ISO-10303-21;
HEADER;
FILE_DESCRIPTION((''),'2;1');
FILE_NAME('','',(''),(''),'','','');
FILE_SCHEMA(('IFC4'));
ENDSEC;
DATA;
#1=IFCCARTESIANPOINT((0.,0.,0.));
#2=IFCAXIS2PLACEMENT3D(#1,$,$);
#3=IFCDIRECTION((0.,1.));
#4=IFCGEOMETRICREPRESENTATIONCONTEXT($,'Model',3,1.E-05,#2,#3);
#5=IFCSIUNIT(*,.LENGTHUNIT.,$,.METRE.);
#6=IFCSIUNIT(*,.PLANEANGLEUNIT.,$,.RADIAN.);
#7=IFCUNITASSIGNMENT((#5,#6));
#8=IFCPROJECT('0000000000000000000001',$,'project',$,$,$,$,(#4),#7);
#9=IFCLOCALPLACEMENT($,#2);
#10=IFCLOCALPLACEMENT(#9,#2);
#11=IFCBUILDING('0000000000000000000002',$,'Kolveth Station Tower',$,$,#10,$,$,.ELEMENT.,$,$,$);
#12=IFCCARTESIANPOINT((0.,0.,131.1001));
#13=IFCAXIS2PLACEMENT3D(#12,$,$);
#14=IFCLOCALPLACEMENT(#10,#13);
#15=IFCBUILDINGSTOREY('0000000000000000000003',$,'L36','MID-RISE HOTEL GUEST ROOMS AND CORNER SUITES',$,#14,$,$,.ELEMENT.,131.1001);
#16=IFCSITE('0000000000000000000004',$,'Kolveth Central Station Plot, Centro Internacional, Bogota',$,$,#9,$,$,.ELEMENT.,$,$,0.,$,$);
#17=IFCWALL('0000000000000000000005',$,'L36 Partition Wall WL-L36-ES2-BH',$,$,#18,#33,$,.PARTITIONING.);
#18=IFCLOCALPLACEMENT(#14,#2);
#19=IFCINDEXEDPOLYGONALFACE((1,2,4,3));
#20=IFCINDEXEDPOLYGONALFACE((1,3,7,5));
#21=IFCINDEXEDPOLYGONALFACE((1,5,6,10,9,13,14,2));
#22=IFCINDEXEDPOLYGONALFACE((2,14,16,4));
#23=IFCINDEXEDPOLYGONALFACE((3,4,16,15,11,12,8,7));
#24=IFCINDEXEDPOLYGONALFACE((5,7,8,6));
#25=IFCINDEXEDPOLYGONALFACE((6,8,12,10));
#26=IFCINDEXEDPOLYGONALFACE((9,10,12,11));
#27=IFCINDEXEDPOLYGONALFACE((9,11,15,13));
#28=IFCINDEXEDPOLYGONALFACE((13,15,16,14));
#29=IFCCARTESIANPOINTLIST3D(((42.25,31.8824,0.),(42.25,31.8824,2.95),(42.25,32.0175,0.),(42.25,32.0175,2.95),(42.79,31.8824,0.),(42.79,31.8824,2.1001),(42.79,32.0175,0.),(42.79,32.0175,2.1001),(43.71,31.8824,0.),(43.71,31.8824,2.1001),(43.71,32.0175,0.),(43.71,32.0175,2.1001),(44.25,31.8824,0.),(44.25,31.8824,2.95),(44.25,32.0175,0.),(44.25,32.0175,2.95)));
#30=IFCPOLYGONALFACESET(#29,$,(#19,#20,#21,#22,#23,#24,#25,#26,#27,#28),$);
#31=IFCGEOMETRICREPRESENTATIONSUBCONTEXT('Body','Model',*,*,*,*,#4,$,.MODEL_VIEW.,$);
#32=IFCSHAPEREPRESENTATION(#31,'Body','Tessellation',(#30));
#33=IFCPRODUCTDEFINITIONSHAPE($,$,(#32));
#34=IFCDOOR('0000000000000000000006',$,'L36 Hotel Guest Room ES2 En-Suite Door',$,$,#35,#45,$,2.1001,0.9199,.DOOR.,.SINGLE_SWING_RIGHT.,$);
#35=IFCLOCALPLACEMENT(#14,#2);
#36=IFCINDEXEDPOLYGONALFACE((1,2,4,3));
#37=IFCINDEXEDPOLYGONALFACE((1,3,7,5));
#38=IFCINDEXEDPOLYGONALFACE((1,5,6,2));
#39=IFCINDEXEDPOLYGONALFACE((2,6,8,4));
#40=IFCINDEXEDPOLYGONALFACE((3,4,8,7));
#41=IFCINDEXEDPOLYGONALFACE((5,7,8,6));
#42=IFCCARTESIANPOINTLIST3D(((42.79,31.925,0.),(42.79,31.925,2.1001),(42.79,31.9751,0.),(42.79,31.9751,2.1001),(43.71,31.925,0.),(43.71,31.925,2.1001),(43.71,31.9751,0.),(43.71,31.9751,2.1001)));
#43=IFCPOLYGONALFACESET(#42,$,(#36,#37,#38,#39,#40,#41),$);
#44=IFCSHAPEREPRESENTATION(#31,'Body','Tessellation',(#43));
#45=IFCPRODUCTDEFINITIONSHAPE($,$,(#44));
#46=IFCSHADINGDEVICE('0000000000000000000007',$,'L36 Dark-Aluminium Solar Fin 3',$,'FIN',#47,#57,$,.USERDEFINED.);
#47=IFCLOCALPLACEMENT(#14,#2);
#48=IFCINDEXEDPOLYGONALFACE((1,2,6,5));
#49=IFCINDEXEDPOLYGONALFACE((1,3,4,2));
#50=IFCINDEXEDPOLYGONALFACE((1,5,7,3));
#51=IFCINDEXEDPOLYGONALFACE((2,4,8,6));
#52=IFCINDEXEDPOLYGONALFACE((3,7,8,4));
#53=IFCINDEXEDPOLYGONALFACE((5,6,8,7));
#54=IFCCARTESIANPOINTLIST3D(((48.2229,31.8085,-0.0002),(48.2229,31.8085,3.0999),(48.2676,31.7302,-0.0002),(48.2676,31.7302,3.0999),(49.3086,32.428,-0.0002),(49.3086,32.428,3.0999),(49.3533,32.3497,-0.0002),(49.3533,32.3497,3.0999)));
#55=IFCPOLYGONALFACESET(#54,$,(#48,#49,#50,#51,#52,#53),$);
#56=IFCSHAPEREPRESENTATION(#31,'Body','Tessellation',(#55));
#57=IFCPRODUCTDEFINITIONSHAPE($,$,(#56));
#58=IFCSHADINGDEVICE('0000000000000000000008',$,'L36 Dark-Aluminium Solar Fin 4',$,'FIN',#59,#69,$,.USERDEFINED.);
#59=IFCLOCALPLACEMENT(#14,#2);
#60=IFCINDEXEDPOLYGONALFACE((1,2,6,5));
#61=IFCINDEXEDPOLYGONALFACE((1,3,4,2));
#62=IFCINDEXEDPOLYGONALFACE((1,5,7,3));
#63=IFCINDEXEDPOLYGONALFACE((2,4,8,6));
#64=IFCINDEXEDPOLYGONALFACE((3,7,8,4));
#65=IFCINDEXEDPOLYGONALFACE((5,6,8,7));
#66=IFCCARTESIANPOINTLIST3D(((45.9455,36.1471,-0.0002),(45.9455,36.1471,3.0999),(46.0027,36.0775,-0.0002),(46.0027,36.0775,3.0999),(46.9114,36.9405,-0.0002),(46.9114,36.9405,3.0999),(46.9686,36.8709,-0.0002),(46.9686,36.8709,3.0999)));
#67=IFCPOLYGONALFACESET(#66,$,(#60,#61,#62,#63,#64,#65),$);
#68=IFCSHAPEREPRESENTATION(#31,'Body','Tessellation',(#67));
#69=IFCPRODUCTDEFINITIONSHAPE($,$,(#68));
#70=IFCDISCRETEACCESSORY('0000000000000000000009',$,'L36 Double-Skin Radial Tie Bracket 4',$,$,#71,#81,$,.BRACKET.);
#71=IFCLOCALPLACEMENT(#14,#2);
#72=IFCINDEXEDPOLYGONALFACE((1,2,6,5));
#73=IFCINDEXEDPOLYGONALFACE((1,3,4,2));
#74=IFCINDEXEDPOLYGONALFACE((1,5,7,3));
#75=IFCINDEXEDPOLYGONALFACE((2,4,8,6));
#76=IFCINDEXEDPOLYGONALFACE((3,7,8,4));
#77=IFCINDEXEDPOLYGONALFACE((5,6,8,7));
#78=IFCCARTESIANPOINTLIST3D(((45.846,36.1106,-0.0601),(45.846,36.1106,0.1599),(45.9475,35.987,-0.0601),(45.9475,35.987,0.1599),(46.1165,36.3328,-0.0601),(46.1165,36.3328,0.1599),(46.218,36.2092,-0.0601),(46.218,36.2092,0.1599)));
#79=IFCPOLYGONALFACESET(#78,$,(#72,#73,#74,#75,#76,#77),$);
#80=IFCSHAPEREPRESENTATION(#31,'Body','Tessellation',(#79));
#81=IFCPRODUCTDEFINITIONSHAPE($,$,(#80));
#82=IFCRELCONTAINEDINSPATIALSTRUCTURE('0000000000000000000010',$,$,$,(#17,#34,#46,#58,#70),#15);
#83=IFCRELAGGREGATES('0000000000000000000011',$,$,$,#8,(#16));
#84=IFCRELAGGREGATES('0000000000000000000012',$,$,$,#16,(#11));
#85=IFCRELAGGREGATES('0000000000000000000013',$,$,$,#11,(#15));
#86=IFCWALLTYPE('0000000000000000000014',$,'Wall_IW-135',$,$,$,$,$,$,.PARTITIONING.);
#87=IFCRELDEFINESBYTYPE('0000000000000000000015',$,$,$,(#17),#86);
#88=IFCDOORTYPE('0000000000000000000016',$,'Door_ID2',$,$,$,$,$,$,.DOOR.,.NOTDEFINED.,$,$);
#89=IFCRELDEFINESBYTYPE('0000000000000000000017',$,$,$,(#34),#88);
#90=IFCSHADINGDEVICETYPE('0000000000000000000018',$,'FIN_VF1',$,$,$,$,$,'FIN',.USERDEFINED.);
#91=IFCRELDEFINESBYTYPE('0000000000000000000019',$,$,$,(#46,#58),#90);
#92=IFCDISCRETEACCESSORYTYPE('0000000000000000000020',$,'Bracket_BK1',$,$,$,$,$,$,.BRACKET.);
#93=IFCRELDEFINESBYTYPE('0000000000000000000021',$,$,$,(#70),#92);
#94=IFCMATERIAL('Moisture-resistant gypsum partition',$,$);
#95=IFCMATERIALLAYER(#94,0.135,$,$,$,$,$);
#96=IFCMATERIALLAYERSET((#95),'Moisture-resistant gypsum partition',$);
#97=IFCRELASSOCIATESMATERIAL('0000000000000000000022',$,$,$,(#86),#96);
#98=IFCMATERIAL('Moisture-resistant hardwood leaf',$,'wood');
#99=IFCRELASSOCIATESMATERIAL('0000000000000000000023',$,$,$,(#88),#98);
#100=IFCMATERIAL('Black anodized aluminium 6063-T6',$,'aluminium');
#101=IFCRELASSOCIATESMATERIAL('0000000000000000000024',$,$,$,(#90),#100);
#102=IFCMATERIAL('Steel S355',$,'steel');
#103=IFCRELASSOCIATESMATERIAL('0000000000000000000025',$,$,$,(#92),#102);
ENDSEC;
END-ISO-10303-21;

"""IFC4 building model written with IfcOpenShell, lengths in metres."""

from ifc_helpers import new_model, si_unit, direction, frame, frame_2d, origin, origin_2d, place, context, subcontext, project, spatial, rectangle, extrude, source, transform, mapped, material, layer, layer_set, type_object, element, fill, save


model = new_model("IFC4")

# Units and contexts
model_context = context("Model", 3, precision=1e-05, world=origin(), true_north=direction((0.0, 1.0)))
body_context = subcontext(model_context, "Body", "Model", "MODEL_VIEW")
ifc_project = project(units=[si_unit("LENGTHUNIT", "METRE"), si_unit("PLANEANGLEUNIT", "RADIAN")], contexts=[model_context])

# Site, building, storey
site_placement = place(None, origin())
site = spatial("IfcSite", under=ifc_project, at=site_placement, Name="Kolveth Central Station Plot, Centro Internacional, Bogota", CompositionType="ELEMENT", RefElevation=0.0)
building_placement = place(site_placement, origin())
building = spatial("IfcBuilding", under=site, at=building_placement, Name="Kolveth Station Tower", CompositionType="ELEMENT")
storey_placement = place(building_placement, frame((0.0, 0.0, 131.1001)))
storey = spatial("IfcBuildingStorey", under=building, at=storey_placement, Name="L36", Description="MID-RISE HOTEL GUEST ROOMS AND CORNER SUITES", CompositionType="ELEMENT", Elevation=131.1001)

# Shared definitions
ifc_material_1 = material(Name="Black anodized aluminium 6063-T6", Category="aluminium")

# Wall, opening, door
ifc_material_2 = material(Name="Moisture-resistant gypsum partition")
ifc_layer_1 = layer(ifc_material_2, 0.135)
ifc_layer_set_1 = layer_set([ifc_layer_1], Name="Moisture-resistant gypsum partition")
wall_type = type_object("IfcWallType", Name="Wall_IW-135", PredefinedType="PARTITIONING", material=ifc_layer_set_1)
wall_placement = place(storey_placement, frame((42.25, 31.95, 0.0), z_axis=(0.0, 0.0, 1.0), x_axis=(1.0, 0.0, 0.0)))
wall = element("IfcWall", 1, at=wall_placement, inside=storey, type_object=wall_type, Name="L36 Partition Wall WL-L36-ES2-BH", PredefinedType="PARTITIONING", context=body_context, shape_type="SweptSolid", body=[
    extrude(rectangle(XDim=2.0, YDim=0.135, at=frame_2d((1.0, 0.0))), origin(), (0.0, 0.0, 1.0), 2.95),
])
opening_placement = place(wall_placement, frame((0.54, 0.0, 0.0)))
opening = element("IfcOpeningElement", 2, at=opening_placement, cuts=wall, PredefinedType="OPENING", context=body_context, shape_type="SweptSolid", body=[
    extrude(rectangle(XDim=0.9199, YDim=2.1001, at=frame_2d((0.46, 1.05))), frame((0.0, 0.0774, 0.0), z_axis=(0.0, -1.0, 0.0), x_axis=(1.0, 0.0, 0.0)), (0.0, 0.0, 1.0), 0.155),
])
ifc_material_3 = material(Name="Moisture-resistant hardwood leaf", Category="wood")
door_type = type_object("IfcDoorType", Name="Door_ID2", OperationType="NOTDEFINED", PredefinedType="DOOR", material=ifc_material_3)
door_placement = place(opening_placement, frame((0.9199, 0.0, 0.0), z_axis=(0.0, 0.0, 1.0), x_axis=(-1.0, 0.0, 0.0)))
door = element("IfcDoor", 3, at=door_placement, inside=storey, type_object=door_type, Name="L36 Hotel Guest Room ES2 En-Suite Door", OperationType="SINGLE_SWING_RIGHT", OverallHeight=2.1001, OverallWidth=0.9199, PredefinedType="DOOR", context=body_context, shape_type="SweptSolid", body=[
    extrude(rectangle(XDim=0.9199, YDim=2.1001, at=frame_2d((0.46, 1.05))), frame((0.0, 0.0249, 0.0), z_axis=(0.0, -1.0, 0.0), x_axis=(1.0, 0.0, 0.0)), (0.0, 0.0, 1.0), 0.05),
])
fill(opening, door)

# Shading devices
shading_device_type = type_object("IfcShadingDeviceType", Name="FIN_VF1", ElementType="FIN", PredefinedType="USERDEFINED", material=ifc_material_1)
shared_shape_1 = source(origin(), body_context, "Body", "SweptSolid", [
    extrude(rectangle(XDim=1.25, YDim=0.0901, at=origin_2d()), origin(), (0.0, 0.0, 1.0), 3.1001),
])
for number, where, z_axis, x_axis, name in (
    (4, (48.7881, 32.0791, -0.0002), (0.0, 0.0, 1.0), (0.868545, 0.49561, 0.0), "L36 Dark-Aluminium Solar Fin 3"),
    (5, (46.457, 36.509, -0.0002), (0.0, 0.0, 1.0), (0.772734, 0.634731, 0.0), "L36 Dark-Aluminium Solar Fin 4"),
):
    element("IfcShadingDevice", number, at=place(storey_placement, frame(where, z_axis=z_axis, x_axis=x_axis)), inside=storey, type_object=shading_device_type, Name=name, ObjectType="FIN", PredefinedType="USERDEFINED", context=body_context, shape_type="MappedRepresentation", body=[
        mapped(shared_shape_1, transform((0.0, 0.0, 0.0), x_axis=(1.0, 0.0, 0.0), y_axis=(0.0, 1.0, 0.0), z_axis=(0.0, 0.0, 1.0), scale=1.0)),
    ])

# Discrete accessory
ifc_material_4 = material(Name="Steel S355", Category="steel")
discrete_accessory_type = type_object("IfcDiscreteAccessoryType", Name="Bracket_BK1", PredefinedType="BRACKET", material=ifc_material_4)
shared_shape_2 = source(origin(), body_context, "Body", "SweptSolid", [
    extrude(rectangle(XDim=0.3501, YDim=0.1599, at=origin_2d()), origin(), (0.0, 0.0, 1.0), 0.22),
])
discrete_accessory_placement = place(storey_placement, frame((46.032, 36.1599, -0.0601), z_axis=(0.0, 0.0, 1.0), x_axis=(0.772734, 0.634731, 0.0)))
element("IfcDiscreteAccessory", 6, at=discrete_accessory_placement, inside=storey, type_object=discrete_accessory_type, Name="L36 Double-Skin Radial Tie Bracket 4", PredefinedType="BRACKET", context=body_context, shape_type="MappedRepresentation", body=[
    mapped(shared_shape_2, transform((0.0, 0.0, 0.0), x_axis=(1.0, 0.0, 0.0), y_axis=(0.0, 1.0, 0.0), z_axis=(0.0, 0.0, 1.0), scale=1.0)),
])

save(model, "model.ifc")
